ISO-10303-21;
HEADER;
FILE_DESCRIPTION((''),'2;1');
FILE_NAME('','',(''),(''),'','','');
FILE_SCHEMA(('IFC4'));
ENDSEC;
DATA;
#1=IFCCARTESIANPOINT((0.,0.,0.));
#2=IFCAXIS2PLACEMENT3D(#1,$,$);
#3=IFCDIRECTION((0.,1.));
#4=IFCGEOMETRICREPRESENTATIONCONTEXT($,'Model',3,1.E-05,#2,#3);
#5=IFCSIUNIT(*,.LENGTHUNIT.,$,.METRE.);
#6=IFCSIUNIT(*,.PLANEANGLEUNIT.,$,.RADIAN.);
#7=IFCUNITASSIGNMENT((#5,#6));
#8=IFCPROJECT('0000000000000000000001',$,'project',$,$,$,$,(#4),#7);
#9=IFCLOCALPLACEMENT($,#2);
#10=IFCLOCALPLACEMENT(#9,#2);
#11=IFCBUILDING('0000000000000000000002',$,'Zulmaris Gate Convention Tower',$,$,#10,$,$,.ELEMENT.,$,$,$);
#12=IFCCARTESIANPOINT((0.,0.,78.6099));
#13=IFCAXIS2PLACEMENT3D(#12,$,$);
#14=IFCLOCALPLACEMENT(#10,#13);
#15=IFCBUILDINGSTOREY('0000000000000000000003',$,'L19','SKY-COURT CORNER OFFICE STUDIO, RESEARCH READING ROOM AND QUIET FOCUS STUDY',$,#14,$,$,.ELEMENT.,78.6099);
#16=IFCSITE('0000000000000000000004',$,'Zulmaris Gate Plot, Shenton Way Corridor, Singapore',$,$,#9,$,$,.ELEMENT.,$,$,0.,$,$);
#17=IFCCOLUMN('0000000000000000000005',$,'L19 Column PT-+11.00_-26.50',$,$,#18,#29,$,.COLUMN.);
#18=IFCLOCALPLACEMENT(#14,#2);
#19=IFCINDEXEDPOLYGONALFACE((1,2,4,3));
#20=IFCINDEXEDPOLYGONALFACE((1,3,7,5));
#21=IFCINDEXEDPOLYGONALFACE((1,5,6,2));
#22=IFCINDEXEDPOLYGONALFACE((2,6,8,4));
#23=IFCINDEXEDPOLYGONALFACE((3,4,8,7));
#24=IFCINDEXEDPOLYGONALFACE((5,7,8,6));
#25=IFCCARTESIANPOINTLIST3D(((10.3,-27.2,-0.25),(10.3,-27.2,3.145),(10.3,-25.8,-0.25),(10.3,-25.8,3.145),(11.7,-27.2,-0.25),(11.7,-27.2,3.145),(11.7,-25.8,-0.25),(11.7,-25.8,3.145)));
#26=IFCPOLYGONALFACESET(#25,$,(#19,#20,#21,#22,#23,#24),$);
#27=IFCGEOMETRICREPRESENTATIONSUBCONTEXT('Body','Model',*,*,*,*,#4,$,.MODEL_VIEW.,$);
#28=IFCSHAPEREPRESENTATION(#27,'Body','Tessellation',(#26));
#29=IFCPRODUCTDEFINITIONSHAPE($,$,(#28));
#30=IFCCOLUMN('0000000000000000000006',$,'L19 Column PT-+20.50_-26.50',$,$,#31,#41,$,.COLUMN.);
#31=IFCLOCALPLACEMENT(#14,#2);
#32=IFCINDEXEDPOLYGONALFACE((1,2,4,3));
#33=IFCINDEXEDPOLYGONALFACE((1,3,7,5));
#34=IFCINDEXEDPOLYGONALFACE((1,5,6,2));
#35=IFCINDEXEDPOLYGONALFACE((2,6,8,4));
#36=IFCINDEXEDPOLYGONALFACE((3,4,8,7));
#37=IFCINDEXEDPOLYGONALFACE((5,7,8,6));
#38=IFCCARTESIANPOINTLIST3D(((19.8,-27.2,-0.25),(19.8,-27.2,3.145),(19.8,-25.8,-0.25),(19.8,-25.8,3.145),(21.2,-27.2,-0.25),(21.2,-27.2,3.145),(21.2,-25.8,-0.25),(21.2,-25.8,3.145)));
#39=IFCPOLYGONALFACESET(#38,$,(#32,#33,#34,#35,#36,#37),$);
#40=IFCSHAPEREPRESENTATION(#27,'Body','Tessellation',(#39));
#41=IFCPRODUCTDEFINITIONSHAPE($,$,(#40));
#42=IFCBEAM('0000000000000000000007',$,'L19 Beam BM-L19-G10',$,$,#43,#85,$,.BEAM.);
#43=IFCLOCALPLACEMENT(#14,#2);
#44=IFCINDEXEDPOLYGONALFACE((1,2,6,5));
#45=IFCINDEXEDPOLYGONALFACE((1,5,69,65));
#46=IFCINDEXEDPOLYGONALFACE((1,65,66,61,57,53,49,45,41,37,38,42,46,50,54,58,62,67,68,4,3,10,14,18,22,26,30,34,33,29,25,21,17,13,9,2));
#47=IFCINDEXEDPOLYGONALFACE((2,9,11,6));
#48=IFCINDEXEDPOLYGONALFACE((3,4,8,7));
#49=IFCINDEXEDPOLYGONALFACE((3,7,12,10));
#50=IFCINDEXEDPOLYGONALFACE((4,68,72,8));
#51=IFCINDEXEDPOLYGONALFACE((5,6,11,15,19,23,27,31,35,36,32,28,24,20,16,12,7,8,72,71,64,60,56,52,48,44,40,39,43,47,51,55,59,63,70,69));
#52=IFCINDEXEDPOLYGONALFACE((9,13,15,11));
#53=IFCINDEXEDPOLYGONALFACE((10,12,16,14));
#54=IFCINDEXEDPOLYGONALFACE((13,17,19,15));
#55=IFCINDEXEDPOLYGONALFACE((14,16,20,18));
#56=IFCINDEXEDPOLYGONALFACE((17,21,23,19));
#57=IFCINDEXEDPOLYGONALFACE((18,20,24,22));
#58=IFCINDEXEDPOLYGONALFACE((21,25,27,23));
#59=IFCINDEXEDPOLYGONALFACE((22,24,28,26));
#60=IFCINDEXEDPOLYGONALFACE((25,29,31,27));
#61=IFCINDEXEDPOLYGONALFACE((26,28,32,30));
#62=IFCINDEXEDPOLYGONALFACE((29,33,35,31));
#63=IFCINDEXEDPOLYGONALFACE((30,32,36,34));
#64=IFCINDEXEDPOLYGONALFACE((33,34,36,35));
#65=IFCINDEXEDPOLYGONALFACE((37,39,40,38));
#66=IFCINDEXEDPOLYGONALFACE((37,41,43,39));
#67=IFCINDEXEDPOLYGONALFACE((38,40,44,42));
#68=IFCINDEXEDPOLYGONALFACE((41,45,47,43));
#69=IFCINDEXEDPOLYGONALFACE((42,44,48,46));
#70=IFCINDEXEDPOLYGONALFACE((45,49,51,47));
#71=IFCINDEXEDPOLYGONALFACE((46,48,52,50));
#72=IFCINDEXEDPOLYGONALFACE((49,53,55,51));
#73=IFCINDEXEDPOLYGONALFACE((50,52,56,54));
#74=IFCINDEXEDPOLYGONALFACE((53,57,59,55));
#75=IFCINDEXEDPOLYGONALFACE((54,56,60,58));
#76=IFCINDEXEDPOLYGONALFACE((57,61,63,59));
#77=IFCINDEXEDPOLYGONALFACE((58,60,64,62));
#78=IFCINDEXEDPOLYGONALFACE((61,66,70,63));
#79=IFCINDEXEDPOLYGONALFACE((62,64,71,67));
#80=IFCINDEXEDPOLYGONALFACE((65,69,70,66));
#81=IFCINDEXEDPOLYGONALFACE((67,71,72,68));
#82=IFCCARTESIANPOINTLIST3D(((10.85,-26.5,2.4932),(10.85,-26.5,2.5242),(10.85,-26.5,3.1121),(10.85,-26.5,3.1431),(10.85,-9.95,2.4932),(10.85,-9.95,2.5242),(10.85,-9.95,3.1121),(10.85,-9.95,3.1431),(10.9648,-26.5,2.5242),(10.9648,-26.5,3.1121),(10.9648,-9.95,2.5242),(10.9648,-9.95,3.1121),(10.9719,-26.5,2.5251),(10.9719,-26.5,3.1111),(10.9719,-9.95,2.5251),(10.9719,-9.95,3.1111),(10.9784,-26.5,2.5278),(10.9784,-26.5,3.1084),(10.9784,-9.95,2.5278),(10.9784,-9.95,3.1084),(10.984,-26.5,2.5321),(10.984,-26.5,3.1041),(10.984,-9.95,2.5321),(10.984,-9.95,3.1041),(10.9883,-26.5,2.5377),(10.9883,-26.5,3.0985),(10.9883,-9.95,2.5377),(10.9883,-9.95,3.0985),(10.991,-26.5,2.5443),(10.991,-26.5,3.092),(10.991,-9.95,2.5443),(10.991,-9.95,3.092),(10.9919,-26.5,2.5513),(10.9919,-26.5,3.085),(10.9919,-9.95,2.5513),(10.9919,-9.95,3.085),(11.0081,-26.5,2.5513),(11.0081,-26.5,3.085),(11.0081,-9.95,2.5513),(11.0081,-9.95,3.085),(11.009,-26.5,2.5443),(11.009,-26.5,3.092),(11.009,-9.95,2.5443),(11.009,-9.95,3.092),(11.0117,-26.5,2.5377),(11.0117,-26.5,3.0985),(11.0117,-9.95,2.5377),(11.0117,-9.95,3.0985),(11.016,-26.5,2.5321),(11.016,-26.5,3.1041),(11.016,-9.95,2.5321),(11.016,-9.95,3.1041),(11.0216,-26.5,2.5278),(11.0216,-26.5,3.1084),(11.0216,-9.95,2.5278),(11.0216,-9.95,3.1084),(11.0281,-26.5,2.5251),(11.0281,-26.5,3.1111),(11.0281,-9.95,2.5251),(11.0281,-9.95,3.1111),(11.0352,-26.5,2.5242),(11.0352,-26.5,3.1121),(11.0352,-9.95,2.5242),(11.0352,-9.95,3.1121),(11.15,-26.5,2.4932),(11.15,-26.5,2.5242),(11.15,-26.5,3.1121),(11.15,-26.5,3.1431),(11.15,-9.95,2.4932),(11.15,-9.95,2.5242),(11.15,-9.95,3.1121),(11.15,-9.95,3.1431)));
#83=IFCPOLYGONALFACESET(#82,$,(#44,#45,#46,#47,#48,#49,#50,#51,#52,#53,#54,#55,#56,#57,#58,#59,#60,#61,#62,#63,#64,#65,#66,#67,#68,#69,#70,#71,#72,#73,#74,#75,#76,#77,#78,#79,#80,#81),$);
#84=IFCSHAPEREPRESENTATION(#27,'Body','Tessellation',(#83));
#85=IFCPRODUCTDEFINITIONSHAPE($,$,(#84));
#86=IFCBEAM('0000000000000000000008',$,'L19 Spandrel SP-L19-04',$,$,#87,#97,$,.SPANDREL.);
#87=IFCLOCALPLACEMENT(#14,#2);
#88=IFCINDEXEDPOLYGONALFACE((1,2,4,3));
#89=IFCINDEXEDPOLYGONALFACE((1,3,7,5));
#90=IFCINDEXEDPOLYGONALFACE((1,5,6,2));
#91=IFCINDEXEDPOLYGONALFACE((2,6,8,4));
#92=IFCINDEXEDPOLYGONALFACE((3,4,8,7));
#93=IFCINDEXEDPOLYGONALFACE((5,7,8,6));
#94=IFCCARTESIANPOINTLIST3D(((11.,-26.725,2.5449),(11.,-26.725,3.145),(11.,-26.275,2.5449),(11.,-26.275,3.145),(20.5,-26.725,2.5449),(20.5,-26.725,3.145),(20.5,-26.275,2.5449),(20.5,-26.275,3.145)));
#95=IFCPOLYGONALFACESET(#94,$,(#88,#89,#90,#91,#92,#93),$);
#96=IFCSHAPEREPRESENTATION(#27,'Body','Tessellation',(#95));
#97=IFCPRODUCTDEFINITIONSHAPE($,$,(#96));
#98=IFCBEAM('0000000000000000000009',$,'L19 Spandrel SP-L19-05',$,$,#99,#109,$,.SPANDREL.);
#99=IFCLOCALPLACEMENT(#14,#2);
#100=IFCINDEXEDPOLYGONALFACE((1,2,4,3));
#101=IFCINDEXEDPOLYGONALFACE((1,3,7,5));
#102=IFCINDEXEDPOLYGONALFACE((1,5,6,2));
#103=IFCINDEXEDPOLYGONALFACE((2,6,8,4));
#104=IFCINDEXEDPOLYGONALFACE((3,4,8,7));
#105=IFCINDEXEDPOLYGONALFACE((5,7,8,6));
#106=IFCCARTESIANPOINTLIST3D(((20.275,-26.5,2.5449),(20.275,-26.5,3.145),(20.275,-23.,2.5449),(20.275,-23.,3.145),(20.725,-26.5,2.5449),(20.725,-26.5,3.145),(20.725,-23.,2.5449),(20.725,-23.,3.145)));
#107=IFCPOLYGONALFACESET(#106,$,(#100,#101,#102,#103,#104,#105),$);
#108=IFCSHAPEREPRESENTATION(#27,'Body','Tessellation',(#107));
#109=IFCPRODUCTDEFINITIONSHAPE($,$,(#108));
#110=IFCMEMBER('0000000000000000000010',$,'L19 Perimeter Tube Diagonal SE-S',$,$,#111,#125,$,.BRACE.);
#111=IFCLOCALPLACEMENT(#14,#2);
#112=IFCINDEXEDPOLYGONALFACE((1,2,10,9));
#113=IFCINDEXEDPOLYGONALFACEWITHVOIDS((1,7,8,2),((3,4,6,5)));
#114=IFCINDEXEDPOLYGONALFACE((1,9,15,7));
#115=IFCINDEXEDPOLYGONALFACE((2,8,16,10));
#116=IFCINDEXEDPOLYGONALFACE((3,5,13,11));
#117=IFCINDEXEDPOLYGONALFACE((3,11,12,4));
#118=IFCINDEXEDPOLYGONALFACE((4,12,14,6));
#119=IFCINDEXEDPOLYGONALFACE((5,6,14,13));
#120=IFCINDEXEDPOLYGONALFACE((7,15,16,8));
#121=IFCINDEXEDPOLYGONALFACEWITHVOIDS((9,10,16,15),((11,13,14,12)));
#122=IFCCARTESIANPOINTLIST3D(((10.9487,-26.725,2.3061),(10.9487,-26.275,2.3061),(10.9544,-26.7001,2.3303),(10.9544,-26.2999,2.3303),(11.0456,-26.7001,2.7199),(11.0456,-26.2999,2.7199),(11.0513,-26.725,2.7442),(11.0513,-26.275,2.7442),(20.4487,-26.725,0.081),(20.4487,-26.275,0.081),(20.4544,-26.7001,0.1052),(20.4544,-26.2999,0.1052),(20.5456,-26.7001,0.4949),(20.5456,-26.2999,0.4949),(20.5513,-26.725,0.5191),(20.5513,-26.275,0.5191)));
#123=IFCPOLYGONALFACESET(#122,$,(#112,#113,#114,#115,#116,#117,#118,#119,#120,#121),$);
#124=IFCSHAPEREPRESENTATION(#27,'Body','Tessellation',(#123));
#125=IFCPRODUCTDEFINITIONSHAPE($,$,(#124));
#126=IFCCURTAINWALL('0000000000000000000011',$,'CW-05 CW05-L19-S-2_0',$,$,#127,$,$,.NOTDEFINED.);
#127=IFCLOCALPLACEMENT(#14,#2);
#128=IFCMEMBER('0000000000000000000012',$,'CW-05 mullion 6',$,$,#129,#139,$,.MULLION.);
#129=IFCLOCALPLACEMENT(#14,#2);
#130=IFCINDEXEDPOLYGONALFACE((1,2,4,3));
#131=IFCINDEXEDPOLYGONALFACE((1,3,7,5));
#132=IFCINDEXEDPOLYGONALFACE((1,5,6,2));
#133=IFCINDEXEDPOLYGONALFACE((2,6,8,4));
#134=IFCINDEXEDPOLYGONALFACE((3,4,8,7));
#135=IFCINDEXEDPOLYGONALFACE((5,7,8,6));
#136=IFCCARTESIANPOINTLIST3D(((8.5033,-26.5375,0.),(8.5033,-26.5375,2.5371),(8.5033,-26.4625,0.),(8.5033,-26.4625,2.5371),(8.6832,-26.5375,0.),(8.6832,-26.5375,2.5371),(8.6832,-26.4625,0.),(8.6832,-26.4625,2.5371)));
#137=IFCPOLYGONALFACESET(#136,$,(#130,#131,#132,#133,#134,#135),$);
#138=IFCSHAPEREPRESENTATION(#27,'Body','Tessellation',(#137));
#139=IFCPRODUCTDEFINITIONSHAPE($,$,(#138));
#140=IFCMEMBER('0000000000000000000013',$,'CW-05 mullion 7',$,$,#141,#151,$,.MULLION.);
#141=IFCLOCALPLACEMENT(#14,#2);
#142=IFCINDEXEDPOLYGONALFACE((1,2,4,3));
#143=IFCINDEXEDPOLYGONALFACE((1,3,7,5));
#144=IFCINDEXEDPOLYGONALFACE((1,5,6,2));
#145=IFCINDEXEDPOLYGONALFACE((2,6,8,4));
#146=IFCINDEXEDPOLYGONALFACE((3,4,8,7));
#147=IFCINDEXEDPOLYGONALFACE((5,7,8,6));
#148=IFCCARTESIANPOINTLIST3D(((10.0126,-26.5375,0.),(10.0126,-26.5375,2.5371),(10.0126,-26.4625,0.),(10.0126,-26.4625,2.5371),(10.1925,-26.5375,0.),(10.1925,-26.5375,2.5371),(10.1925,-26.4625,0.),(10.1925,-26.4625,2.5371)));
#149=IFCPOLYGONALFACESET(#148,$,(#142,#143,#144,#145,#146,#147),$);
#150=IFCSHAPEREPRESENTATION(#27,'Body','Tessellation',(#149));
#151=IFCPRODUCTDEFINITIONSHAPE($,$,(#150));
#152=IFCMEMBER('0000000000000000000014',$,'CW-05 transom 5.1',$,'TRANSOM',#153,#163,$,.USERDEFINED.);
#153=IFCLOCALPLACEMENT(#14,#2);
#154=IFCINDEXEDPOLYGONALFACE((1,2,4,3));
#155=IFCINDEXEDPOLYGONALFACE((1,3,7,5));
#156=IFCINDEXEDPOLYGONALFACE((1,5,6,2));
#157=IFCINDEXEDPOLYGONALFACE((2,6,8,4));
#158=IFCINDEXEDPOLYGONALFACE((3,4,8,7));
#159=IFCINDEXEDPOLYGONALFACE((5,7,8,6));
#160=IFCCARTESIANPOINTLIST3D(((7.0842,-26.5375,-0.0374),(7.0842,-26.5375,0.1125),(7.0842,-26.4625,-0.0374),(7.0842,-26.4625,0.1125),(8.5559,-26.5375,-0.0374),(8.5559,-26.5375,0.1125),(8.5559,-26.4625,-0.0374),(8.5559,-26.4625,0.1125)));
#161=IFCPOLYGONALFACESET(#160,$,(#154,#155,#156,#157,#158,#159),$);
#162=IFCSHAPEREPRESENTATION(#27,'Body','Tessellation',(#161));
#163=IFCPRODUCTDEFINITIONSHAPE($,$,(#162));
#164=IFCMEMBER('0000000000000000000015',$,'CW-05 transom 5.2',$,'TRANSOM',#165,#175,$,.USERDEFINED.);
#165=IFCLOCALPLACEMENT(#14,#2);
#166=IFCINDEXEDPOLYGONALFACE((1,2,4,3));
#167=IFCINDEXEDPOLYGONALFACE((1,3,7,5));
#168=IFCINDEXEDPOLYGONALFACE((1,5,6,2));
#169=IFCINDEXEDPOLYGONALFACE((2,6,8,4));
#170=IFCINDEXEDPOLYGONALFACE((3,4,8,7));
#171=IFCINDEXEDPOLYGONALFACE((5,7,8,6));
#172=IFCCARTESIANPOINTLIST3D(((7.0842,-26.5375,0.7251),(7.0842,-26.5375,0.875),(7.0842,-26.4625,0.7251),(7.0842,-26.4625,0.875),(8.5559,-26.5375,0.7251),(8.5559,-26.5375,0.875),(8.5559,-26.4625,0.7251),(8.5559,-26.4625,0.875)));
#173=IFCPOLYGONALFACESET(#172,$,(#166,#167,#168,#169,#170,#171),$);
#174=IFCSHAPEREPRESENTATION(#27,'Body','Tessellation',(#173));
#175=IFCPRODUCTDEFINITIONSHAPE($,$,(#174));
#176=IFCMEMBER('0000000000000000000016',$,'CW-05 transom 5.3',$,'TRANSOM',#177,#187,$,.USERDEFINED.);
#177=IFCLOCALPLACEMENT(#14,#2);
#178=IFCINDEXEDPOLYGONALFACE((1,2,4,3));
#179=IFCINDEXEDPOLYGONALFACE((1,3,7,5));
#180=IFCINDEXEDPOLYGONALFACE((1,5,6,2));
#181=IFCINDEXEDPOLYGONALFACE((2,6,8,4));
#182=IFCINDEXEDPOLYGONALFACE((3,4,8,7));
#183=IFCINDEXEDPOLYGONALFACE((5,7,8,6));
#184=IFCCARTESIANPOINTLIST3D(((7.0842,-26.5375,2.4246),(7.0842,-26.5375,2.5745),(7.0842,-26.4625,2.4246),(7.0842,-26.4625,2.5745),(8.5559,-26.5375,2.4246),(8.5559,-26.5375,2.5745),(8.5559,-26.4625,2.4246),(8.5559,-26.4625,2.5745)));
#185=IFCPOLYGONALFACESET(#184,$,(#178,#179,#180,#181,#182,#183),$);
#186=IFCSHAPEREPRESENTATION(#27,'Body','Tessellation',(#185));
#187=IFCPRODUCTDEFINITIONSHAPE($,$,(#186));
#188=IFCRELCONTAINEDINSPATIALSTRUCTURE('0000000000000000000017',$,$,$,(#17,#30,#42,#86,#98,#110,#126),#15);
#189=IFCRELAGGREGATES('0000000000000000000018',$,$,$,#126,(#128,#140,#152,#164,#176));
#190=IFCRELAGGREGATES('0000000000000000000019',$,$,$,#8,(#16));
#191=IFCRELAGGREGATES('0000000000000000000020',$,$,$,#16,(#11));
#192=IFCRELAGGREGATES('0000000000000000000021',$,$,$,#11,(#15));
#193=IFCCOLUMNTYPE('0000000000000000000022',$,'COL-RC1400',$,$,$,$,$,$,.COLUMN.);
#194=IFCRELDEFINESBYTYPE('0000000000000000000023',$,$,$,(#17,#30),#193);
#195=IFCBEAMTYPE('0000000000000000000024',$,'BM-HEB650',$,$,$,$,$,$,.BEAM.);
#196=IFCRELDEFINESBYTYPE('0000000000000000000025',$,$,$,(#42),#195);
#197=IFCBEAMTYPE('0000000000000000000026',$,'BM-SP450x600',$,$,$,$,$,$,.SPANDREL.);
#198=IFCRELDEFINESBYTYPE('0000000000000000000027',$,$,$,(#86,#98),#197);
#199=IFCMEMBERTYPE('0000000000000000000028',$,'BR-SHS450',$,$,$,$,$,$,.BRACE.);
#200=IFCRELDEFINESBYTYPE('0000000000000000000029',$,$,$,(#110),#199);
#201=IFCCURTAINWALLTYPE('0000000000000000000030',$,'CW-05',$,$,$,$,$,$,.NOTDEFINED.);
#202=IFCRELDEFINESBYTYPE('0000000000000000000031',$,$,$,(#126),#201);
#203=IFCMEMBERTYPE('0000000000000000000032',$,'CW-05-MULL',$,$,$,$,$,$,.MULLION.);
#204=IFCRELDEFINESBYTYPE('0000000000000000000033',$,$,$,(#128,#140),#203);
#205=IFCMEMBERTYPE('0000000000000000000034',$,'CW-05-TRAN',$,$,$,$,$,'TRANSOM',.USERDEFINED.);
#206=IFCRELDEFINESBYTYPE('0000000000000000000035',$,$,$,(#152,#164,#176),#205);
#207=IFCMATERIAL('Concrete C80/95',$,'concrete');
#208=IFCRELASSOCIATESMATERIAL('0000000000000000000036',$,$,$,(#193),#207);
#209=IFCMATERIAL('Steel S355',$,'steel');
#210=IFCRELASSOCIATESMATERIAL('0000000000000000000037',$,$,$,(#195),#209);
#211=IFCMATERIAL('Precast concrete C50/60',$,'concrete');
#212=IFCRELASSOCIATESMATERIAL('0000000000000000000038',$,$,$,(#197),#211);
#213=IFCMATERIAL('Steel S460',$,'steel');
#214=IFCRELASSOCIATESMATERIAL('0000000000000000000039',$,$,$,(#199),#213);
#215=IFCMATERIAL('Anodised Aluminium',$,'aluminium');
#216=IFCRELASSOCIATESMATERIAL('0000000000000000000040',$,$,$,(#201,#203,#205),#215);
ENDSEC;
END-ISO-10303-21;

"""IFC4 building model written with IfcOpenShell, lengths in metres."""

from ifc_helpers import new_model, si_unit, direction, frame, origin, origin_2d, place, context, subcontext, project, spatial, rectangle, hollow_rectangle, i_section, extrude, material, material_profile, profile_set, type_object, element, aggregate, save


model = new_model("IFC4")

# Units and contexts
model_context = context("Model", 3, precision=1e-05, world=origin(), true_north=direction((0.0, 1.0)))
body_context = subcontext(model_context, "Body", "Model", "MODEL_VIEW")
ifc_project = project(units=[si_unit("LENGTHUNIT", "METRE"), si_unit("PLANEANGLEUNIT", "RADIAN")], contexts=[model_context])

# Site, building, storey
site_placement = place(None, origin())
site = spatial("IfcSite", under=ifc_project, at=site_placement, Name="Zulmaris Gate Plot, Shenton Way Corridor, Singapore", CompositionType="ELEMENT", RefElevation=0.0)
building_placement = place(site_placement, origin())
building = spatial("IfcBuilding", under=site, at=building_placement, Name="Zulmaris Gate Convention Tower", CompositionType="ELEMENT")
storey_placement = place(building_placement, frame((0.0, 0.0, 78.6099)))
storey = spatial("IfcBuildingStorey", under=building, at=storey_placement, Name="L19", Description="SKY-COURT CORNER OFFICE STUDIO, RESEARCH READING ROOM AND QUIET FOCUS STUDY", CompositionType="ELEMENT", Elevation=78.6099)

# Columns
ifc_material_1 = material(Name="Concrete C80/95", Category="concrete")
ifc_material_profile_1 = material_profile(ifc_material_1, rectangle(XDim=1.3999, YDim=1.3999, at=origin_2d()), Name="RC COL 1400x1400")
ifc_profile_set_1 = profile_set([ifc_material_profile_1], Name="Concrete C80/95")
column_type = type_object("IfcColumnType", Name="COL-RC1400", PredefinedType="COLUMN", material=ifc_profile_set_1)
for number, where, z_axis, x_axis, name in (
    (1, (11.0, -26.5, -0.25), (0.0, 0.0, 1.0), (1.0, 0.0, 0.0), "L19 Column PT-+11.00_-26.50"),
    (2, (20.5, -26.5, -0.25), (0.0, 0.0, 1.0), (1.0, 0.0, 0.0), "L19 Column PT-+20.50_-26.50"),
):
    element("IfcColumn", number, at=place(storey_placement, frame(where, z_axis=z_axis, x_axis=x_axis)), inside=storey, type_object=column_type, Name=name, PredefinedType="COLUMN", context=body_context, shape_type="SweptSolid", body=[
        extrude(rectangle(XDim=1.3999, YDim=1.3999, at=origin_2d()), origin(), (0.0, 0.0, 1.0), 3.395),
    ])

# Beams
ifc_material_2 = material(Name="Steel S355", Category="steel")
ifc_material_profile_2 = material_profile(ifc_material_2, i_section(OverallWidth=0.3, OverallDepth=0.6499, WebThickness=0.0161, FlangeThickness=0.031, FilletRadius=0.0271, at=origin_2d()), Name="HEB 650")
ifc_profile_set_2 = profile_set([ifc_material_profile_2], Name="Steel S355")
beam_type_1 = type_object("IfcBeamType", Name="BM-HEB650", PredefinedType="BEAM", material=ifc_profile_set_2)
beam_1_placement = place(storey_placement, frame((11.0, -26.5, 2.8181), z_axis=(0.0, 1.0, 0.0), x_axis=(-1.0, 0.0, 0.0)))
element("IfcBeam", 3, at=beam_1_placement, inside=storey, type_object=beam_type_1, Name="L19 Beam BM-L19-G10", PredefinedType="BEAM", context=body_context, shape_type="SweptSolid", body=[
    extrude(i_section(OverallWidth=0.3, OverallDepth=0.6499, WebThickness=0.0161, FlangeThickness=0.031, FilletRadius=0.0271, at=origin_2d()), origin(), (0.0, 0.0, 1.0), 16.55),
])
ifc_material_3 = material(Name="Precast concrete C50/60", Category="concrete")
ifc_material_profile_3 = material_profile(ifc_material_3, rectangle(XDim=0.45, YDim=0.6001, at=origin_2d()), Name="RC SPANDREL 450x600")
ifc_profile_set_3 = profile_set([ifc_material_profile_3], Name="Precast concrete C50/60")
beam_type_2 = type_object("IfcBeamType", Name="BM-SP450x600", PredefinedType="SPANDREL", material=ifc_profile_set_3)
beam_2_placement = place(storey_placement, frame((11.0, -26.5, 2.845), z_axis=(1.0, 0.0, 0.0), x_axis=(0.0, 1.0, 0.0)))
element("IfcBeam", 4, at=beam_2_placement, inside=storey, type_object=beam_type_2, Name="L19 Spandrel SP-L19-04", PredefinedType="SPANDREL", context=body_context, shape_type="SweptSolid", body=[
    extrude(rectangle(XDim=0.45, YDim=0.6001, at=origin_2d()), origin(), (0.0, 0.0, 1.0), 9.5),
])
beam_3_placement = place(storey_placement, frame((20.5, -26.5, 2.845), z_axis=(0.0, 1.0, 0.0), x_axis=(-1.0, 0.0, 0.0)))
element("IfcBeam", 5, at=beam_3_placement, inside=storey, type_object=beam_type_2, Name="L19 Spandrel SP-L19-05", PredefinedType="SPANDREL", context=body_context, shape_type="SweptSolid", body=[
    extrude(rectangle(XDim=0.45, YDim=0.6001, at=origin_2d()), origin(), (0.0, 0.0, 1.0), 3.5),
])

# Member
ifc_material_4 = material(Name="Steel S460", Category="steel")
ifc_material_profile_4 = material_profile(ifc_material_4, hollow_rectangle(XDim=0.45, YDim=0.45, WallThickness=0.0249, at=origin_2d()), Name="SHS 450x450x25")
ifc_profile_set_4 = profile_set([ifc_material_profile_4], Name="Steel S460")
member_type_1 = type_object("IfcMemberType", Name="BR-SHS450", PredefinedType="BRACE", material=ifc_profile_set_4)
member_1_placement = place(storey_placement, frame((20.5, -26.5, 0.3), z_axis=(-0.97365, 0.0, 0.228049), x_axis=(0.0, -1.0, 0.0)))
element("IfcMember", 6, at=member_1_placement, inside=storey, type_object=member_type_1, Name="L19 Perimeter Tube Diagonal SE-S", PredefinedType="BRACE", context=body_context, shape_type="SweptSolid", body=[
    extrude(hollow_rectangle(XDim=0.45, YDim=0.45, WallThickness=0.0249, at=origin_2d()), origin(), (0.0, 0.0, 1.0), 9.7571),
])

# Curtain wall, members
ifc_material_5 = material(Name="Anodised Aluminium", Category="aluminium")
curtain_wall_type = type_object("IfcCurtainWallType", Name="CW-05", PredefinedType="NOTDEFINED", material=ifc_material_5)
curtain_wall_placement = place(storey_placement, origin())
curtain_wall = element("IfcCurtainWall", 7, at=curtain_wall_placement, inside=storey, type_object=curtain_wall_type, Name="CW-05 CW05-L19-S-2_0", PredefinedType="NOTDEFINED")
ifc_material_profile_5 = material_profile(ifc_material_5, rectangle(XDim=0.075, YDim=0.1799, at=origin_2d()), Name="ALU MULLION 75x180")
ifc_profile_set_5 = profile_set([ifc_material_profile_5], Name="Anodised Aluminium")
member_type_2 = type_object("IfcMemberType", Name="CW-05-MULL", PredefinedType="MULLION", material=ifc_profile_set_5)
member_2_placement = place(storey_placement, frame((8.5933, -26.5, 0.0), z_axis=(0.0, 0.0, 1.0), x_axis=(0.0, 1.0, 0.0)))
member_2 = element("IfcMember", 8, at=member_2_placement, type_object=member_type_2, Name="CW-05 mullion 6", PredefinedType="MULLION", context=body_context, shape_type="SweptSolid", body=[
    extrude(rectangle(XDim=0.075, YDim=0.1799, at=origin_2d()), origin(), (0.0, 0.0, 1.0), 2.5371),
])
member_3_placement = place(storey_placement, frame((10.1025, -26.5, 0.0), z_axis=(0.0, 0.0, 1.0), x_axis=(0.0, 1.0, 0.0)))
member_3 = element("IfcMember", 9, at=member_3_placement, type_object=member_type_2, Name="CW-05 mullion 7", PredefinedType="MULLION", context=body_context, shape_type="SweptSolid", body=[
    extrude(rectangle(XDim=0.075, YDim=0.1799, at=origin_2d()), origin(), (0.0, 0.0, 1.0), 2.5371),
])
ifc_material_profile_6 = material_profile(ifc_material_5, rectangle(XDim=0.075, YDim=0.1499, at=origin_2d()), Name="ALU TRANSOM 75x150")
ifc_profile_set_6 = profile_set([ifc_material_profile_6], Name="Anodised Aluminium")
member_type_3 = type_object("IfcMemberType", Name="CW-05-TRAN", ElementType="TRANSOM", PredefinedType="USERDEFINED", material=ifc_profile_set_6)
member_4_placement = place(storey_placement, frame((7.0842, -26.5, 0.0376), z_axis=(1.0, 0.0, 0.0), x_axis=(0.0, 1.0, 0.0)))
member_4 = element("IfcMember", 10, at=member_4_placement, type_object=member_type_3, Name="CW-05 transom 5.1", ObjectType="TRANSOM", PredefinedType="USERDEFINED", context=body_context, shape_type="SweptSolid", body=[
    extrude(rectangle(XDim=0.075, YDim=0.1499, at=origin_2d()), origin(), (0.0, 0.0, 1.0), 1.4717),
])
member_5_placement = place(storey_placement, frame((7.0842, -26.5, 0.8), z_axis=(1.0, 0.0, 0.0), x_axis=(0.0, 1.0, 0.0)))
member_5 = element("IfcMember", 11, at=member_5_placement, type_object=member_type_3, Name="CW-05 transom 5.2", ObjectType="TRANSOM", PredefinedType="USERDEFINED", context=body_context, shape_type="SweptSolid", body=[
    extrude(rectangle(XDim=0.075, YDim=0.1499, at=origin_2d()), origin(), (0.0, 0.0, 1.0), 1.4717),
])
member_6_placement = place(storey_placement, frame((7.0842, -26.5, 2.4995), z_axis=(1.0, 0.0, 0.0), x_axis=(0.0, 1.0, 0.0)))
member_6 = element("IfcMember", 12, at=member_6_placement, type_object=member_type_3, Name="CW-05 transom 5.3", ObjectType="TRANSOM", PredefinedType="USERDEFINED", context=body_context, shape_type="SweptSolid", body=[
    extrude(rectangle(XDim=0.075, YDim=0.1499, at=origin_2d()), origin(), (0.0, 0.0, 1.0), 1.4717),
])
aggregate(curtain_wall, [member_2, member_3, member_4, member_5, member_6])

save(model, "model.ifc")
